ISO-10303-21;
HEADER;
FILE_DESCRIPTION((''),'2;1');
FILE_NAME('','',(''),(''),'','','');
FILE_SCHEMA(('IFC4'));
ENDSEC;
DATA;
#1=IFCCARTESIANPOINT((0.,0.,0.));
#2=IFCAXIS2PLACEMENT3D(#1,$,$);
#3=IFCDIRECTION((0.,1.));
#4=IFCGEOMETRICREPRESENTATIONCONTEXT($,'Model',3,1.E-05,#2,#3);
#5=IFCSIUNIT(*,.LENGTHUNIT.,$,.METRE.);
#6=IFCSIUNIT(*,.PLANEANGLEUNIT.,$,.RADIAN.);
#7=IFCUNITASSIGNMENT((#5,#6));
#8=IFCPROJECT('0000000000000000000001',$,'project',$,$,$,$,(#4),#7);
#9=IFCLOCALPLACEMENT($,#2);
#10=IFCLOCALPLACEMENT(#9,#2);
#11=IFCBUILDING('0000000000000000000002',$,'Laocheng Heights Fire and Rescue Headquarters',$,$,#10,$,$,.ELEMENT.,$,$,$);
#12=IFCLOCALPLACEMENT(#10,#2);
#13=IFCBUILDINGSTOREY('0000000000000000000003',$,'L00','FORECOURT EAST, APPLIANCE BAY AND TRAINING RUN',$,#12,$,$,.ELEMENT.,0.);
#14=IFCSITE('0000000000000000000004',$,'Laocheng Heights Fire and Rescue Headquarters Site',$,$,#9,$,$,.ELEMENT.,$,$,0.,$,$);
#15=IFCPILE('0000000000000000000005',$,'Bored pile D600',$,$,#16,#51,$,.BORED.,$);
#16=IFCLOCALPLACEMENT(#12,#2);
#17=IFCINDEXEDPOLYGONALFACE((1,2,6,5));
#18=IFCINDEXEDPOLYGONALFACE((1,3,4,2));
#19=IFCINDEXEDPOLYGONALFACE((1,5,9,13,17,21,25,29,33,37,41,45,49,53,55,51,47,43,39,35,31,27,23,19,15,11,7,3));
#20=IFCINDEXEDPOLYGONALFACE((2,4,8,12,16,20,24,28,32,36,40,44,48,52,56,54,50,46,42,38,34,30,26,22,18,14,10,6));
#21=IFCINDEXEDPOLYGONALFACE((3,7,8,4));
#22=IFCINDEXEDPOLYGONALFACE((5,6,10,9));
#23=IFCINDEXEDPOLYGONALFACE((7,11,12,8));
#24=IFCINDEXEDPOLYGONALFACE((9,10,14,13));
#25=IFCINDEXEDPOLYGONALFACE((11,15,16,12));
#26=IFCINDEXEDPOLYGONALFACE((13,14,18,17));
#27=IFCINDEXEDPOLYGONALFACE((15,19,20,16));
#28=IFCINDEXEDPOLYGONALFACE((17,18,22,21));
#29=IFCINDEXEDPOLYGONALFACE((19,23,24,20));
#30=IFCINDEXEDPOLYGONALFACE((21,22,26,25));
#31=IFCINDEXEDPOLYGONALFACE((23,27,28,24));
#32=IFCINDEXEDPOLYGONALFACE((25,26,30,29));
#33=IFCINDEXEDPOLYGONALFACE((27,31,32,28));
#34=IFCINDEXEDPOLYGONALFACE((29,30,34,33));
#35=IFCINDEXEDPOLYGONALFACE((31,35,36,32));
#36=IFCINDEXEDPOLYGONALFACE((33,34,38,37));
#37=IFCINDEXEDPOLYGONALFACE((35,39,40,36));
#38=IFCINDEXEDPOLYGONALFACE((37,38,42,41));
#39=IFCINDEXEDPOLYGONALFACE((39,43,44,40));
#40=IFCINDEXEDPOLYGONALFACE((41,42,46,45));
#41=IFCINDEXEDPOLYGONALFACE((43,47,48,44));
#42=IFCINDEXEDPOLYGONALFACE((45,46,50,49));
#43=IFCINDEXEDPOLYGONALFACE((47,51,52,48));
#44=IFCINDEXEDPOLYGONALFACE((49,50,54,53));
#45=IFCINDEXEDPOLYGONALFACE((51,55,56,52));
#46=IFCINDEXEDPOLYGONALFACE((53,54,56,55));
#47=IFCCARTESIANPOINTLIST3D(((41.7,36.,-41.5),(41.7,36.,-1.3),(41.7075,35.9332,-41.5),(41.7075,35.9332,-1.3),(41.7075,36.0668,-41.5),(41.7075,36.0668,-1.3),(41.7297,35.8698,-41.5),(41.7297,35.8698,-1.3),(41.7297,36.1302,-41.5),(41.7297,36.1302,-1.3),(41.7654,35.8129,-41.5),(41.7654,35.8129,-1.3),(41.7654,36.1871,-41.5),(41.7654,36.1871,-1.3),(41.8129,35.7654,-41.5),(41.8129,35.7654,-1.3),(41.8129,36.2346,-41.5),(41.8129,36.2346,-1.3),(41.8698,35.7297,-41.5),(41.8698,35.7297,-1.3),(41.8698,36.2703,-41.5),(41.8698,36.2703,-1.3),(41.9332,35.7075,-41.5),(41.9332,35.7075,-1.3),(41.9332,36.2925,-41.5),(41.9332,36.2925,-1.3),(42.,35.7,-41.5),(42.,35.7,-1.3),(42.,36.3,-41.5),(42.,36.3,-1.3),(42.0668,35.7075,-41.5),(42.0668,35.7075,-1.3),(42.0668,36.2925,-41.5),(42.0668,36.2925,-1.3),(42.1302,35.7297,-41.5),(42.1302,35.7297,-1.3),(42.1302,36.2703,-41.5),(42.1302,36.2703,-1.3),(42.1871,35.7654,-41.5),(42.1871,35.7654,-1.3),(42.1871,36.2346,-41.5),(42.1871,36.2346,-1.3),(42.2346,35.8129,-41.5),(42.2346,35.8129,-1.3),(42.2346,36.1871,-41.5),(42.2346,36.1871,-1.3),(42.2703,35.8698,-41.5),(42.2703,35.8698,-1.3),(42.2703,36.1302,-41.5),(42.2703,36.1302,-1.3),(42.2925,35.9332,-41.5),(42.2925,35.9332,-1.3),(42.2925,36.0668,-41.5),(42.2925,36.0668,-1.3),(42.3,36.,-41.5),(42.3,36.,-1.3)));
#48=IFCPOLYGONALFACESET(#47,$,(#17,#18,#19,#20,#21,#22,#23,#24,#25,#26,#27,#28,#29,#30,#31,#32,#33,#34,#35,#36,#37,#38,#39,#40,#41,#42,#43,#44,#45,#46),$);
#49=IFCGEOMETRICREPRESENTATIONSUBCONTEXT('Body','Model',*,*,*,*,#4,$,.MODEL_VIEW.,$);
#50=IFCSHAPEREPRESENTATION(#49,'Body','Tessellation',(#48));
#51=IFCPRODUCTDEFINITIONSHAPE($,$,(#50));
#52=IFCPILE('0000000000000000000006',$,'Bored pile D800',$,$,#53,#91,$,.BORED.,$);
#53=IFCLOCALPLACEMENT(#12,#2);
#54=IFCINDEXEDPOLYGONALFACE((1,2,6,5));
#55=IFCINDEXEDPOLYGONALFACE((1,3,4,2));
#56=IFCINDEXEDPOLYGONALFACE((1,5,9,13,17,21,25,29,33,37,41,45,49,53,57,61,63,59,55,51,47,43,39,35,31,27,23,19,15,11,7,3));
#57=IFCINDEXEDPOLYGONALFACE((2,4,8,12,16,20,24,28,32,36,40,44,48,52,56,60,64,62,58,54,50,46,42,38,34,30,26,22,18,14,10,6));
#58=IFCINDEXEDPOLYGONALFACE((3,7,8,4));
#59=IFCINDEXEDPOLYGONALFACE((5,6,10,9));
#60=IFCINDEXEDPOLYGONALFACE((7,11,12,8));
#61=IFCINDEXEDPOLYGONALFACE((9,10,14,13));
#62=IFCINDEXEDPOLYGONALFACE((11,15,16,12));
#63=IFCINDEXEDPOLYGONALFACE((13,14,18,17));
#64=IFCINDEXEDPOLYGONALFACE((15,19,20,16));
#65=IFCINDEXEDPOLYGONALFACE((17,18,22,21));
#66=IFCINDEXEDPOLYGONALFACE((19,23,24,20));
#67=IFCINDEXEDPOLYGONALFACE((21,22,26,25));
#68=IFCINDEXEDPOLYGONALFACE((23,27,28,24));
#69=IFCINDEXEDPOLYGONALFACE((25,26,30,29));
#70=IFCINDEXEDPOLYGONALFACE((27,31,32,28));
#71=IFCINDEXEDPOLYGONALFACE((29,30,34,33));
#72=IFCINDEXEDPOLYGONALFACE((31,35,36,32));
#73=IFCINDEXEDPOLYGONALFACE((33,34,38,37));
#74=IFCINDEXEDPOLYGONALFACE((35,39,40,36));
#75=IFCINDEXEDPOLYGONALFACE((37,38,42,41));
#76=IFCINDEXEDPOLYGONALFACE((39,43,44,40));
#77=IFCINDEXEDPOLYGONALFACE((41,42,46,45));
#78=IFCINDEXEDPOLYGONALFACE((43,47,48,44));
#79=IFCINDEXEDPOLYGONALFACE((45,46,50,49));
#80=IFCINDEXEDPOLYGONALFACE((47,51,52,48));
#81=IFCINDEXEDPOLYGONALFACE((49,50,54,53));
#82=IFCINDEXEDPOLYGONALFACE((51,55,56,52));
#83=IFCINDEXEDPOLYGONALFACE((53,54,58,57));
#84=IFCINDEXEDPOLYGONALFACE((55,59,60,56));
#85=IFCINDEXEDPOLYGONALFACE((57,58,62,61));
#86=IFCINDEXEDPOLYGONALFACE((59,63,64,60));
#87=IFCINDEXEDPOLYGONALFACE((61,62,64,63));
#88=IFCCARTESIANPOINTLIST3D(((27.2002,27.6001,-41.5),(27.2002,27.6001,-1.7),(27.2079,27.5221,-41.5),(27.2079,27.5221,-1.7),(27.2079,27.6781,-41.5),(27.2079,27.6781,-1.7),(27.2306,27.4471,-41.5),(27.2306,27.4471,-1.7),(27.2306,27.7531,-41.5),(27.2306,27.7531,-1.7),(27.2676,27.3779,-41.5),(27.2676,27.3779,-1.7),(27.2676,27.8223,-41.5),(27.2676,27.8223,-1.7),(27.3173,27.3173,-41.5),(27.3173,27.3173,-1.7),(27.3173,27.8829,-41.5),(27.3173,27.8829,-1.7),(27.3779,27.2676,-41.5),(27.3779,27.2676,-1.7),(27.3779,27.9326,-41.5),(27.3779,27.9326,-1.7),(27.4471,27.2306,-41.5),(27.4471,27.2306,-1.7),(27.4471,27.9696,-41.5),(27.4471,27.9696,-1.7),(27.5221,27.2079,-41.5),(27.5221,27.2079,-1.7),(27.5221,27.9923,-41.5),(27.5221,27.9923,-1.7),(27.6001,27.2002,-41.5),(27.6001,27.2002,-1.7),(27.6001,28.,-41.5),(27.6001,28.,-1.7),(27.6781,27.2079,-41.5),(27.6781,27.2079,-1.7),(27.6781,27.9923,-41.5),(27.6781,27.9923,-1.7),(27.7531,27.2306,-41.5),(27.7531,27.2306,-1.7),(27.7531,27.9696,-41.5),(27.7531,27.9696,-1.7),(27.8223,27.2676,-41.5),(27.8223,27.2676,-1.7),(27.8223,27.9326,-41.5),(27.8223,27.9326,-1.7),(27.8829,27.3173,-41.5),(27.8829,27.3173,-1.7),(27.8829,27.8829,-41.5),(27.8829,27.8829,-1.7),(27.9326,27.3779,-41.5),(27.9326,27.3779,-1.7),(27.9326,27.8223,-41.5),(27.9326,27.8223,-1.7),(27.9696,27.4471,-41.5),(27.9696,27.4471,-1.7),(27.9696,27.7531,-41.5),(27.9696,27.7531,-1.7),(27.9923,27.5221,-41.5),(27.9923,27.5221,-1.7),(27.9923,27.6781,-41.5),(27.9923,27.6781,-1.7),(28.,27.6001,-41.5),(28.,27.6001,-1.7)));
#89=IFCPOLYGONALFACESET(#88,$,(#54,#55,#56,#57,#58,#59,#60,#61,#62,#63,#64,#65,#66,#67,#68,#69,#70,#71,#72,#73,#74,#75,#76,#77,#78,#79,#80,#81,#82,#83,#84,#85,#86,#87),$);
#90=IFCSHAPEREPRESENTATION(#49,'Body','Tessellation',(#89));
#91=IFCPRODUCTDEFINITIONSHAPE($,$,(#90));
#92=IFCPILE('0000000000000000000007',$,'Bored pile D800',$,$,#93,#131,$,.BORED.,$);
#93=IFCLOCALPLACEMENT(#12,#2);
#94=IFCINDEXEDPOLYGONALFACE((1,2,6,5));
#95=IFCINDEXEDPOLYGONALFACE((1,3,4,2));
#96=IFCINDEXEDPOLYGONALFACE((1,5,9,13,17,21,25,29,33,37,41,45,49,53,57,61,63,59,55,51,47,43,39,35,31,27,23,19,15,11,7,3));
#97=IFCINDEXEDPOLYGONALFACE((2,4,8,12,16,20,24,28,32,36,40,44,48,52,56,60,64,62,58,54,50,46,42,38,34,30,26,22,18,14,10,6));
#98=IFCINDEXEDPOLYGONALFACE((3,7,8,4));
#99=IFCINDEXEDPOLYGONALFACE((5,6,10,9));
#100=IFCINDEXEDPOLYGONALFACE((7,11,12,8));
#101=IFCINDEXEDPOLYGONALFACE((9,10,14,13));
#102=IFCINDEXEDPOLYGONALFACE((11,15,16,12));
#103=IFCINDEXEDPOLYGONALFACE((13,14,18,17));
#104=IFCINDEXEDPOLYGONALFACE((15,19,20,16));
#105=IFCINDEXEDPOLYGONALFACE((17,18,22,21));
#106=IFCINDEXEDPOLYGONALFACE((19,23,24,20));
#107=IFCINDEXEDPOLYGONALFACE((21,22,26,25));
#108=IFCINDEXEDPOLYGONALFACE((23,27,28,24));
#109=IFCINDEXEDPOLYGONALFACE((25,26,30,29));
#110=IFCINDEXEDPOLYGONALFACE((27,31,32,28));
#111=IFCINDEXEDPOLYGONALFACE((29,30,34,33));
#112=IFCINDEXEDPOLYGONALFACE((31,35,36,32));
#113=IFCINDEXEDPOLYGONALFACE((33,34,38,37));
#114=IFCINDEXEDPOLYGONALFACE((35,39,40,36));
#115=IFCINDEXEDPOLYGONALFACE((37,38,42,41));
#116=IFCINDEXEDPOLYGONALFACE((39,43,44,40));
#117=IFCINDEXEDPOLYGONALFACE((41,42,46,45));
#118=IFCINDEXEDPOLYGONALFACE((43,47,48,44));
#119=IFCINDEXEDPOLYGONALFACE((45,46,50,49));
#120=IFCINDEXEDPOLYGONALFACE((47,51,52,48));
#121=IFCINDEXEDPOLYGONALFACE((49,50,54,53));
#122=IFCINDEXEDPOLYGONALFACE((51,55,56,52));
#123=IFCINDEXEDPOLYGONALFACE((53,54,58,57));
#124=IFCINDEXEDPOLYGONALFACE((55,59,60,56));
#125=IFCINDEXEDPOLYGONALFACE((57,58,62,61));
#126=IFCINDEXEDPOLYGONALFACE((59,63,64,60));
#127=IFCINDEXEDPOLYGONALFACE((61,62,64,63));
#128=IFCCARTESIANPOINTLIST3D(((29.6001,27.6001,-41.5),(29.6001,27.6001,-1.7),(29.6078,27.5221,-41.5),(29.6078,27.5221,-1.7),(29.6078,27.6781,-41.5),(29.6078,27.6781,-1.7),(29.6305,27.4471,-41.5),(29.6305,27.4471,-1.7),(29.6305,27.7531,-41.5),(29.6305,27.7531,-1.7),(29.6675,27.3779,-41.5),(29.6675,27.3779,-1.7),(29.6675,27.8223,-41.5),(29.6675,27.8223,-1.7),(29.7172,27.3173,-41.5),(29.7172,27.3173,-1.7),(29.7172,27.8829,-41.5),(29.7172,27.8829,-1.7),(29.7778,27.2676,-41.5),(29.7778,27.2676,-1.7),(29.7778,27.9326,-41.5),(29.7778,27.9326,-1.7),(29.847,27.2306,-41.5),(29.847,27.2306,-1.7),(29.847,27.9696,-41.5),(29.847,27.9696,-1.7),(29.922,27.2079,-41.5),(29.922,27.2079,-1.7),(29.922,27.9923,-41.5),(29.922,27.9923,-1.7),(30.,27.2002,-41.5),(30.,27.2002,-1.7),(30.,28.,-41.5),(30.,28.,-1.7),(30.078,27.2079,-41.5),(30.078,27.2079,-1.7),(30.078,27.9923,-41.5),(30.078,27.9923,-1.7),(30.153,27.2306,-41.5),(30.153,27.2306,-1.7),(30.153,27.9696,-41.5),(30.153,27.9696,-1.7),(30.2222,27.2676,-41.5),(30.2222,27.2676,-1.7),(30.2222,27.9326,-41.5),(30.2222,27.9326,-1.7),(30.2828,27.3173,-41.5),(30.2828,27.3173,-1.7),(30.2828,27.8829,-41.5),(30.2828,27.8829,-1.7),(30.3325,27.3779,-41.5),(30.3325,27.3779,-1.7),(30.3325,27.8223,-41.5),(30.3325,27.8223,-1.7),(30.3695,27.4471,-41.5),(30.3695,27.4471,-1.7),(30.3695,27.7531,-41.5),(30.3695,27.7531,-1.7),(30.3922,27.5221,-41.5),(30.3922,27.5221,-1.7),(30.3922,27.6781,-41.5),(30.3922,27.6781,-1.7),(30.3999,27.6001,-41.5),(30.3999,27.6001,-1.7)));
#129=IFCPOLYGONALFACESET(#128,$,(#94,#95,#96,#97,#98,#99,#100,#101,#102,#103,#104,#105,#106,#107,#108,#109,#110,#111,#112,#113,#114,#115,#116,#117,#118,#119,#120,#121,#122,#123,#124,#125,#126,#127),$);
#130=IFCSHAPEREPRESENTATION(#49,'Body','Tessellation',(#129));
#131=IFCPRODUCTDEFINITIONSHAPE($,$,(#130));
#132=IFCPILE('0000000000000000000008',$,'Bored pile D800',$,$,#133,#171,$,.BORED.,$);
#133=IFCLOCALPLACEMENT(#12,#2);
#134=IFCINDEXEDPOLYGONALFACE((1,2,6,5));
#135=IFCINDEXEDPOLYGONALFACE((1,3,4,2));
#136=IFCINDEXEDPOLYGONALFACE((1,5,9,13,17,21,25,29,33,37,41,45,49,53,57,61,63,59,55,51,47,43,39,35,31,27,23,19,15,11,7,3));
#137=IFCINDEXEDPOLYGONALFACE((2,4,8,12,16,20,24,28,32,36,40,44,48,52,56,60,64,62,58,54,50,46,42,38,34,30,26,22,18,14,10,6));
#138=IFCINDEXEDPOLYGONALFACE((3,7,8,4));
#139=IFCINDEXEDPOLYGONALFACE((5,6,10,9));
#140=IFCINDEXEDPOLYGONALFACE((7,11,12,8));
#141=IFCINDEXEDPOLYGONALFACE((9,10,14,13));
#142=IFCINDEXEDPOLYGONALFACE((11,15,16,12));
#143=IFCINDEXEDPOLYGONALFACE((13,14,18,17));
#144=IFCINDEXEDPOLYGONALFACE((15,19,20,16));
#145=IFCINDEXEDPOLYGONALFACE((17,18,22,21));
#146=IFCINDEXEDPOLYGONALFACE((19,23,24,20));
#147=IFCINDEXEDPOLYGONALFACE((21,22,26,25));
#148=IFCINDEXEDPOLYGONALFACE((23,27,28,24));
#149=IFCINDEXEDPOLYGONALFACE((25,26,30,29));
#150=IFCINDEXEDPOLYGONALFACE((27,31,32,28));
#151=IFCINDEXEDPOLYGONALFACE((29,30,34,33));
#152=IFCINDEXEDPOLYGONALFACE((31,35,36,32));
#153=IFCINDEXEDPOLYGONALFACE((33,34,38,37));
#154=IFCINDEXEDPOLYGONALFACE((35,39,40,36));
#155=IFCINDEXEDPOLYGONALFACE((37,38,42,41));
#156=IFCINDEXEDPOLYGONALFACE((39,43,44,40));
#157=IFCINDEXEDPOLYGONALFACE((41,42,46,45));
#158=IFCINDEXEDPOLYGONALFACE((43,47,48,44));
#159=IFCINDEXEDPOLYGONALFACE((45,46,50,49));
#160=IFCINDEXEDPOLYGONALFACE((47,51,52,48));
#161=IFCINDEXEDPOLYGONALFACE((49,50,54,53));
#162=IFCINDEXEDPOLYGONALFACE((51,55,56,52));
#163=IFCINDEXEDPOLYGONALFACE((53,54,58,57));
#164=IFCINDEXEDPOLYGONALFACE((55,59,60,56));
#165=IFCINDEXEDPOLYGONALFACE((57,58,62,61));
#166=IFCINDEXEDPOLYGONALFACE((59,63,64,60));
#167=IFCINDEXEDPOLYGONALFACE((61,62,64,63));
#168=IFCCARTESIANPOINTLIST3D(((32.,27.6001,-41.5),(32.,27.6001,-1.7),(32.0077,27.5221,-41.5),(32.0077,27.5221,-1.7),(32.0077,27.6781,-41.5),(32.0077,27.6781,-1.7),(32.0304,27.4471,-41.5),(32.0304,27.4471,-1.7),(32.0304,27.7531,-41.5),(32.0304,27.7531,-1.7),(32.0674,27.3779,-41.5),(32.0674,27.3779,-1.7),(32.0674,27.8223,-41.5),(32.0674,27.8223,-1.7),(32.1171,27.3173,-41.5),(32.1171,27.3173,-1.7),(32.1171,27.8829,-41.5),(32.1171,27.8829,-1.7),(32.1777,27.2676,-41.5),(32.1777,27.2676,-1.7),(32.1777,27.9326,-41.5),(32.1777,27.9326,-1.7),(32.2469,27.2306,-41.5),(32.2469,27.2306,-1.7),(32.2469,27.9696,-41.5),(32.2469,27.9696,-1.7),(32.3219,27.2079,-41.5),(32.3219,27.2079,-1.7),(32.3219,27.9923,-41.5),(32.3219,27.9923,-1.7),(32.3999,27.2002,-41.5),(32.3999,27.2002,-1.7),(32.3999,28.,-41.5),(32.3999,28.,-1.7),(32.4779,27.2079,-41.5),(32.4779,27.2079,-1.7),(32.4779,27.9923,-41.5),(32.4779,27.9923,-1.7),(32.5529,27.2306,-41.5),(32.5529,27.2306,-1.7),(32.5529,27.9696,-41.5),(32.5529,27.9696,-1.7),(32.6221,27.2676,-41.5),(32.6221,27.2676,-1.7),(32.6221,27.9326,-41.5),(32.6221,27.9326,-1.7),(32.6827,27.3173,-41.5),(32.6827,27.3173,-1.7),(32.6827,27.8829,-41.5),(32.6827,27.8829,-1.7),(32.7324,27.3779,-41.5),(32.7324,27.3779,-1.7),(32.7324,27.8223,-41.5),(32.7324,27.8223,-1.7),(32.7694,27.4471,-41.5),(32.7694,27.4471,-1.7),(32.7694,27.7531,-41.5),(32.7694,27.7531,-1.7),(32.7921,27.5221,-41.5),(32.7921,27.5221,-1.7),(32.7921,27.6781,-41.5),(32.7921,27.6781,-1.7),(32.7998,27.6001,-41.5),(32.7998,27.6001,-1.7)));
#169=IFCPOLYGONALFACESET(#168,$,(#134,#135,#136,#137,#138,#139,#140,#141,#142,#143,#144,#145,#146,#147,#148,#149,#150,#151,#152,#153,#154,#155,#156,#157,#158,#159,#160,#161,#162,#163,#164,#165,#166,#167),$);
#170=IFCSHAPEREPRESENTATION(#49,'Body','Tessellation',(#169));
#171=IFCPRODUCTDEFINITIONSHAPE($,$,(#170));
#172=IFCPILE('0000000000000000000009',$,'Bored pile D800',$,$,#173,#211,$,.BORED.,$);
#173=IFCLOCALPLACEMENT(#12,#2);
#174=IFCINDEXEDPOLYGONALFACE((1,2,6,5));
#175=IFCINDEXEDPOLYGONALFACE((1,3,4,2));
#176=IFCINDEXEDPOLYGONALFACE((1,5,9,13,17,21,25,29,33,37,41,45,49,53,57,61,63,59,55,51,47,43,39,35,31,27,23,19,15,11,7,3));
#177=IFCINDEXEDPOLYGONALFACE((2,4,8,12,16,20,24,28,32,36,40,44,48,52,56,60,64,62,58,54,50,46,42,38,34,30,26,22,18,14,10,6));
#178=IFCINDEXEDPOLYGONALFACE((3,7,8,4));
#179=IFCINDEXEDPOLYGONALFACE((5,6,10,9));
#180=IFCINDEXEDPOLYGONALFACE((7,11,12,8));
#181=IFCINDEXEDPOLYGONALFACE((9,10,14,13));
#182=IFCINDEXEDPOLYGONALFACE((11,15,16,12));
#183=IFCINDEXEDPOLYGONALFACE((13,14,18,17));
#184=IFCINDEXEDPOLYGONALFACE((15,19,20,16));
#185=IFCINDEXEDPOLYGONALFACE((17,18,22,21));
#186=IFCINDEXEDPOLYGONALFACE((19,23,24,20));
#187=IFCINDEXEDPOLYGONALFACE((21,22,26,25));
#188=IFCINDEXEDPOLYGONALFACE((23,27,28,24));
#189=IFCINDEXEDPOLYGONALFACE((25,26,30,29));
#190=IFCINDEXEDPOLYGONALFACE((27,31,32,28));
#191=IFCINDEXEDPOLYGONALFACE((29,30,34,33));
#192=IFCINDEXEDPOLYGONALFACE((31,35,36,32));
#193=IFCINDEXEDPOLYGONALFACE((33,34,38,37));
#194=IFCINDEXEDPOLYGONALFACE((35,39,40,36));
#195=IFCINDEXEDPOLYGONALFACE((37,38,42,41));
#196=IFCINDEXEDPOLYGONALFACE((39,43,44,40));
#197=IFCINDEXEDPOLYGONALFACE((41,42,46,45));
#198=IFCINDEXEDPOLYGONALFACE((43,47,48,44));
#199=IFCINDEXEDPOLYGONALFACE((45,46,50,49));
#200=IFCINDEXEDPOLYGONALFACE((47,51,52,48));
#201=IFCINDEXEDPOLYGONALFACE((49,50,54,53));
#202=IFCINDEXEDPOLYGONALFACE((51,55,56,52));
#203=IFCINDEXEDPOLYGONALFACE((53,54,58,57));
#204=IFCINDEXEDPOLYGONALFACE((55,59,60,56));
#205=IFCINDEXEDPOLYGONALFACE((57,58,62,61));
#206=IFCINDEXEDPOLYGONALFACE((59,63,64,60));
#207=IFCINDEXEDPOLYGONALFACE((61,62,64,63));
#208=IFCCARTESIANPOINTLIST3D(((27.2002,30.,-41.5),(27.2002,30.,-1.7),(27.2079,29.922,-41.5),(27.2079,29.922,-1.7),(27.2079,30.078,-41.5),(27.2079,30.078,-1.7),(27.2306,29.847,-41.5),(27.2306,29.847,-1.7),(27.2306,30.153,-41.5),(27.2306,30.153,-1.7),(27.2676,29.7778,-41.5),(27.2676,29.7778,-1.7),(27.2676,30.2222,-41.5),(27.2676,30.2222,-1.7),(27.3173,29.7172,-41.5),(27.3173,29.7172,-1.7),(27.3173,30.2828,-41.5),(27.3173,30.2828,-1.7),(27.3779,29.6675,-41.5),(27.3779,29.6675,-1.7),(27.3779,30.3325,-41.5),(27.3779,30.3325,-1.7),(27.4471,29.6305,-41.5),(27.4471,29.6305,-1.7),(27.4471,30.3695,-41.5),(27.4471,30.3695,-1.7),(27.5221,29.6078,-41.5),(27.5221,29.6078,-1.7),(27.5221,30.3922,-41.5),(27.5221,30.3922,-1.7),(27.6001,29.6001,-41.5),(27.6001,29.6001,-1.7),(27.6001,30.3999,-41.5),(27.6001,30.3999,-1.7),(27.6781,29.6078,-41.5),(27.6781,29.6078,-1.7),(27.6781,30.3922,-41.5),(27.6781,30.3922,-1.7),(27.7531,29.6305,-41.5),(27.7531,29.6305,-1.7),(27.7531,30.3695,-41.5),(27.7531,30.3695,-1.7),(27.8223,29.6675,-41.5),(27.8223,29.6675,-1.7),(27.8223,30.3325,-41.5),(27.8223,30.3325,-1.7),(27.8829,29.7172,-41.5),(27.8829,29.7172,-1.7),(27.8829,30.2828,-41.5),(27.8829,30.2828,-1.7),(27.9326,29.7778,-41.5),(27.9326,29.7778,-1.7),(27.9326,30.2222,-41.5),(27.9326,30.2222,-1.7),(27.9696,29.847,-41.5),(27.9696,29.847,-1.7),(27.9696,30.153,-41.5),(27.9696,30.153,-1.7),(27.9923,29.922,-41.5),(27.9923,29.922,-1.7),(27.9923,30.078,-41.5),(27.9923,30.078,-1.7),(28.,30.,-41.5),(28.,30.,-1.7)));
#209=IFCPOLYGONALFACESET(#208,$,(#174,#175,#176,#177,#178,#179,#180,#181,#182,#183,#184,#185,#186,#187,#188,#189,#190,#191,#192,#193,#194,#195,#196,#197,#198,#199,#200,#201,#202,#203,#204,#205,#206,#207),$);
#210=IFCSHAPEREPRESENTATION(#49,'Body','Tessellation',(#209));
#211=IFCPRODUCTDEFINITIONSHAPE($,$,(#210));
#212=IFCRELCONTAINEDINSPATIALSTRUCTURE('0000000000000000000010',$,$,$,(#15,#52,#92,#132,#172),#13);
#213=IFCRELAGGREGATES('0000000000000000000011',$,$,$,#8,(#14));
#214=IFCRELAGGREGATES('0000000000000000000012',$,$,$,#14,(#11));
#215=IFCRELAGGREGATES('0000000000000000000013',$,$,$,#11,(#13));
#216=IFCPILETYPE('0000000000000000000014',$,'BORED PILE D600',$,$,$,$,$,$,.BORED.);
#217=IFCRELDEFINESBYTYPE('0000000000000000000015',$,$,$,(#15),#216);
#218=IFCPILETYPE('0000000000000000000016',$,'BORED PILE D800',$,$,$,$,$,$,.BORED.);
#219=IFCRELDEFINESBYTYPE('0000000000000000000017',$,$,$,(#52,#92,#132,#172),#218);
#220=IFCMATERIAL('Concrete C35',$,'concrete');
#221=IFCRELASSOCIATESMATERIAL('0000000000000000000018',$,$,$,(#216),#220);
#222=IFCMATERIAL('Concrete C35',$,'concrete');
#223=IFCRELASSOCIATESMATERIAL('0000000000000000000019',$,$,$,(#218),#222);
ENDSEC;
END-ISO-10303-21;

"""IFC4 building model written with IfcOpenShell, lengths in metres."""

from ifc_helpers import new_model, si_unit, direction, frame, origin, origin_2d, place, context, subcontext, project, spatial, circle, extrude, material, material_profile, profile_set, type_object, element, save


model = new_model("IFC4")

# Units and contexts
model_context = context("Model", 3, precision=1e-05, world=origin(), true_north=direction((0.0, 1.0)))
body_context = subcontext(model_context, "Body", "Model", "MODEL_VIEW")
ifc_project = project(units=[si_unit("LENGTHUNIT", "METRE"), si_unit("PLANEANGLEUNIT", "RADIAN")], contexts=[model_context])

# Site, building, storey
site_placement = place(None, origin())
site = spatial("IfcSite", under=ifc_project, at=site_placement, Name="Laocheng Heights Fire and Rescue Headquarters Site", CompositionType="ELEMENT", RefElevation=0.0)
building_placement = place(site_placement, origin())
building = spatial("IfcBuilding", under=site, at=building_placement, Name="Laocheng Heights Fire and Rescue Headquarters", CompositionType="ELEMENT")
storey_placement = place(building_placement, origin())
storey = spatial("IfcBuildingStorey", under=building, at=storey_placement, Name="L00", Description="FORECOURT EAST, APPLIANCE BAY AND TRAINING RUN", CompositionType="ELEMENT", Elevation=0.0)

# Piles
ifc_material_1 = material(Name="Concrete C35", Category="concrete")
ifc_material_profile_1 = material_profile(ifc_material_1, circle(Radius=0.3, at=origin_2d()), Name="BORED PILE D600")
ifc_profile_set_1 = profile_set([ifc_material_profile_1], Name="Concrete C35")
pile_type_1 = type_object("IfcPileType", Name="BORED PILE D600", PredefinedType="BORED", material=ifc_profile_set_1)
for number, where, z_axis, x_axis, name in (
    (1, (42.0, 36.0, -1.3), (0.0, 0.0, -1.0), (1.0, 0.0, 0.0), "Bored pile D600"),
):
    element("IfcPile", number, at=place(storey_placement, frame(where, z_axis=z_axis, x_axis=x_axis)), inside=storey, type_object=pile_type_1, Name=name, PredefinedType="BORED", context=body_context, shape_type="SweptSolid", body=[
        extrude(circle(Radius=0.3, at=origin_2d()), origin(), (0.0, 0.0, 1.0), 40.2),
    ])
ifc_material_2 = material(Name="Concrete C35", Category="concrete")
ifc_material_profile_2 = material_profile(ifc_material_2, circle(Radius=0.3999, at=origin_2d()), Name="BORED PILE D800")
ifc_profile_set_2 = profile_set([ifc_material_profile_2], Name="Concrete C35")
pile_type_2 = type_object("IfcPileType", Name="BORED PILE D800", PredefinedType="BORED", material=ifc_profile_set_2)
for number, where, z_axis, x_axis, name in (
    (2, (27.6001, 27.6001, -1.7), (0.0, 0.0, -1.0), (1.0, 0.0, 0.0), "Bored pile D800"),
    (3, (30.0, 27.6001, -1.7), (0.0, 0.0, -1.0), (1.0, 0.0, 0.0), "Bored pile D800"),
    (4, (32.3999, 27.6001, -1.7), (0.0, 0.0, -1.0), (1.0, 0.0, 0.0), "Bored pile D800"),
    (5, (27.6001, 30.0, -1.7), (0.0, 0.0, -1.0), (1.0, 0.0, 0.0), "Bored pile D800"),
):
    element("IfcPile", number, at=place(storey_placement, frame(where, z_axis=z_axis, x_axis=x_axis)), inside=storey, type_object=pile_type_2, Name=name, PredefinedType="BORED", context=body_context, shape_type="SweptSolid", body=[
        extrude(circle(Radius=0.3999, at=origin_2d()), origin(), (0.0, 0.0, 1.0), 39.8),
    ])

save(model, "model.ifc")
